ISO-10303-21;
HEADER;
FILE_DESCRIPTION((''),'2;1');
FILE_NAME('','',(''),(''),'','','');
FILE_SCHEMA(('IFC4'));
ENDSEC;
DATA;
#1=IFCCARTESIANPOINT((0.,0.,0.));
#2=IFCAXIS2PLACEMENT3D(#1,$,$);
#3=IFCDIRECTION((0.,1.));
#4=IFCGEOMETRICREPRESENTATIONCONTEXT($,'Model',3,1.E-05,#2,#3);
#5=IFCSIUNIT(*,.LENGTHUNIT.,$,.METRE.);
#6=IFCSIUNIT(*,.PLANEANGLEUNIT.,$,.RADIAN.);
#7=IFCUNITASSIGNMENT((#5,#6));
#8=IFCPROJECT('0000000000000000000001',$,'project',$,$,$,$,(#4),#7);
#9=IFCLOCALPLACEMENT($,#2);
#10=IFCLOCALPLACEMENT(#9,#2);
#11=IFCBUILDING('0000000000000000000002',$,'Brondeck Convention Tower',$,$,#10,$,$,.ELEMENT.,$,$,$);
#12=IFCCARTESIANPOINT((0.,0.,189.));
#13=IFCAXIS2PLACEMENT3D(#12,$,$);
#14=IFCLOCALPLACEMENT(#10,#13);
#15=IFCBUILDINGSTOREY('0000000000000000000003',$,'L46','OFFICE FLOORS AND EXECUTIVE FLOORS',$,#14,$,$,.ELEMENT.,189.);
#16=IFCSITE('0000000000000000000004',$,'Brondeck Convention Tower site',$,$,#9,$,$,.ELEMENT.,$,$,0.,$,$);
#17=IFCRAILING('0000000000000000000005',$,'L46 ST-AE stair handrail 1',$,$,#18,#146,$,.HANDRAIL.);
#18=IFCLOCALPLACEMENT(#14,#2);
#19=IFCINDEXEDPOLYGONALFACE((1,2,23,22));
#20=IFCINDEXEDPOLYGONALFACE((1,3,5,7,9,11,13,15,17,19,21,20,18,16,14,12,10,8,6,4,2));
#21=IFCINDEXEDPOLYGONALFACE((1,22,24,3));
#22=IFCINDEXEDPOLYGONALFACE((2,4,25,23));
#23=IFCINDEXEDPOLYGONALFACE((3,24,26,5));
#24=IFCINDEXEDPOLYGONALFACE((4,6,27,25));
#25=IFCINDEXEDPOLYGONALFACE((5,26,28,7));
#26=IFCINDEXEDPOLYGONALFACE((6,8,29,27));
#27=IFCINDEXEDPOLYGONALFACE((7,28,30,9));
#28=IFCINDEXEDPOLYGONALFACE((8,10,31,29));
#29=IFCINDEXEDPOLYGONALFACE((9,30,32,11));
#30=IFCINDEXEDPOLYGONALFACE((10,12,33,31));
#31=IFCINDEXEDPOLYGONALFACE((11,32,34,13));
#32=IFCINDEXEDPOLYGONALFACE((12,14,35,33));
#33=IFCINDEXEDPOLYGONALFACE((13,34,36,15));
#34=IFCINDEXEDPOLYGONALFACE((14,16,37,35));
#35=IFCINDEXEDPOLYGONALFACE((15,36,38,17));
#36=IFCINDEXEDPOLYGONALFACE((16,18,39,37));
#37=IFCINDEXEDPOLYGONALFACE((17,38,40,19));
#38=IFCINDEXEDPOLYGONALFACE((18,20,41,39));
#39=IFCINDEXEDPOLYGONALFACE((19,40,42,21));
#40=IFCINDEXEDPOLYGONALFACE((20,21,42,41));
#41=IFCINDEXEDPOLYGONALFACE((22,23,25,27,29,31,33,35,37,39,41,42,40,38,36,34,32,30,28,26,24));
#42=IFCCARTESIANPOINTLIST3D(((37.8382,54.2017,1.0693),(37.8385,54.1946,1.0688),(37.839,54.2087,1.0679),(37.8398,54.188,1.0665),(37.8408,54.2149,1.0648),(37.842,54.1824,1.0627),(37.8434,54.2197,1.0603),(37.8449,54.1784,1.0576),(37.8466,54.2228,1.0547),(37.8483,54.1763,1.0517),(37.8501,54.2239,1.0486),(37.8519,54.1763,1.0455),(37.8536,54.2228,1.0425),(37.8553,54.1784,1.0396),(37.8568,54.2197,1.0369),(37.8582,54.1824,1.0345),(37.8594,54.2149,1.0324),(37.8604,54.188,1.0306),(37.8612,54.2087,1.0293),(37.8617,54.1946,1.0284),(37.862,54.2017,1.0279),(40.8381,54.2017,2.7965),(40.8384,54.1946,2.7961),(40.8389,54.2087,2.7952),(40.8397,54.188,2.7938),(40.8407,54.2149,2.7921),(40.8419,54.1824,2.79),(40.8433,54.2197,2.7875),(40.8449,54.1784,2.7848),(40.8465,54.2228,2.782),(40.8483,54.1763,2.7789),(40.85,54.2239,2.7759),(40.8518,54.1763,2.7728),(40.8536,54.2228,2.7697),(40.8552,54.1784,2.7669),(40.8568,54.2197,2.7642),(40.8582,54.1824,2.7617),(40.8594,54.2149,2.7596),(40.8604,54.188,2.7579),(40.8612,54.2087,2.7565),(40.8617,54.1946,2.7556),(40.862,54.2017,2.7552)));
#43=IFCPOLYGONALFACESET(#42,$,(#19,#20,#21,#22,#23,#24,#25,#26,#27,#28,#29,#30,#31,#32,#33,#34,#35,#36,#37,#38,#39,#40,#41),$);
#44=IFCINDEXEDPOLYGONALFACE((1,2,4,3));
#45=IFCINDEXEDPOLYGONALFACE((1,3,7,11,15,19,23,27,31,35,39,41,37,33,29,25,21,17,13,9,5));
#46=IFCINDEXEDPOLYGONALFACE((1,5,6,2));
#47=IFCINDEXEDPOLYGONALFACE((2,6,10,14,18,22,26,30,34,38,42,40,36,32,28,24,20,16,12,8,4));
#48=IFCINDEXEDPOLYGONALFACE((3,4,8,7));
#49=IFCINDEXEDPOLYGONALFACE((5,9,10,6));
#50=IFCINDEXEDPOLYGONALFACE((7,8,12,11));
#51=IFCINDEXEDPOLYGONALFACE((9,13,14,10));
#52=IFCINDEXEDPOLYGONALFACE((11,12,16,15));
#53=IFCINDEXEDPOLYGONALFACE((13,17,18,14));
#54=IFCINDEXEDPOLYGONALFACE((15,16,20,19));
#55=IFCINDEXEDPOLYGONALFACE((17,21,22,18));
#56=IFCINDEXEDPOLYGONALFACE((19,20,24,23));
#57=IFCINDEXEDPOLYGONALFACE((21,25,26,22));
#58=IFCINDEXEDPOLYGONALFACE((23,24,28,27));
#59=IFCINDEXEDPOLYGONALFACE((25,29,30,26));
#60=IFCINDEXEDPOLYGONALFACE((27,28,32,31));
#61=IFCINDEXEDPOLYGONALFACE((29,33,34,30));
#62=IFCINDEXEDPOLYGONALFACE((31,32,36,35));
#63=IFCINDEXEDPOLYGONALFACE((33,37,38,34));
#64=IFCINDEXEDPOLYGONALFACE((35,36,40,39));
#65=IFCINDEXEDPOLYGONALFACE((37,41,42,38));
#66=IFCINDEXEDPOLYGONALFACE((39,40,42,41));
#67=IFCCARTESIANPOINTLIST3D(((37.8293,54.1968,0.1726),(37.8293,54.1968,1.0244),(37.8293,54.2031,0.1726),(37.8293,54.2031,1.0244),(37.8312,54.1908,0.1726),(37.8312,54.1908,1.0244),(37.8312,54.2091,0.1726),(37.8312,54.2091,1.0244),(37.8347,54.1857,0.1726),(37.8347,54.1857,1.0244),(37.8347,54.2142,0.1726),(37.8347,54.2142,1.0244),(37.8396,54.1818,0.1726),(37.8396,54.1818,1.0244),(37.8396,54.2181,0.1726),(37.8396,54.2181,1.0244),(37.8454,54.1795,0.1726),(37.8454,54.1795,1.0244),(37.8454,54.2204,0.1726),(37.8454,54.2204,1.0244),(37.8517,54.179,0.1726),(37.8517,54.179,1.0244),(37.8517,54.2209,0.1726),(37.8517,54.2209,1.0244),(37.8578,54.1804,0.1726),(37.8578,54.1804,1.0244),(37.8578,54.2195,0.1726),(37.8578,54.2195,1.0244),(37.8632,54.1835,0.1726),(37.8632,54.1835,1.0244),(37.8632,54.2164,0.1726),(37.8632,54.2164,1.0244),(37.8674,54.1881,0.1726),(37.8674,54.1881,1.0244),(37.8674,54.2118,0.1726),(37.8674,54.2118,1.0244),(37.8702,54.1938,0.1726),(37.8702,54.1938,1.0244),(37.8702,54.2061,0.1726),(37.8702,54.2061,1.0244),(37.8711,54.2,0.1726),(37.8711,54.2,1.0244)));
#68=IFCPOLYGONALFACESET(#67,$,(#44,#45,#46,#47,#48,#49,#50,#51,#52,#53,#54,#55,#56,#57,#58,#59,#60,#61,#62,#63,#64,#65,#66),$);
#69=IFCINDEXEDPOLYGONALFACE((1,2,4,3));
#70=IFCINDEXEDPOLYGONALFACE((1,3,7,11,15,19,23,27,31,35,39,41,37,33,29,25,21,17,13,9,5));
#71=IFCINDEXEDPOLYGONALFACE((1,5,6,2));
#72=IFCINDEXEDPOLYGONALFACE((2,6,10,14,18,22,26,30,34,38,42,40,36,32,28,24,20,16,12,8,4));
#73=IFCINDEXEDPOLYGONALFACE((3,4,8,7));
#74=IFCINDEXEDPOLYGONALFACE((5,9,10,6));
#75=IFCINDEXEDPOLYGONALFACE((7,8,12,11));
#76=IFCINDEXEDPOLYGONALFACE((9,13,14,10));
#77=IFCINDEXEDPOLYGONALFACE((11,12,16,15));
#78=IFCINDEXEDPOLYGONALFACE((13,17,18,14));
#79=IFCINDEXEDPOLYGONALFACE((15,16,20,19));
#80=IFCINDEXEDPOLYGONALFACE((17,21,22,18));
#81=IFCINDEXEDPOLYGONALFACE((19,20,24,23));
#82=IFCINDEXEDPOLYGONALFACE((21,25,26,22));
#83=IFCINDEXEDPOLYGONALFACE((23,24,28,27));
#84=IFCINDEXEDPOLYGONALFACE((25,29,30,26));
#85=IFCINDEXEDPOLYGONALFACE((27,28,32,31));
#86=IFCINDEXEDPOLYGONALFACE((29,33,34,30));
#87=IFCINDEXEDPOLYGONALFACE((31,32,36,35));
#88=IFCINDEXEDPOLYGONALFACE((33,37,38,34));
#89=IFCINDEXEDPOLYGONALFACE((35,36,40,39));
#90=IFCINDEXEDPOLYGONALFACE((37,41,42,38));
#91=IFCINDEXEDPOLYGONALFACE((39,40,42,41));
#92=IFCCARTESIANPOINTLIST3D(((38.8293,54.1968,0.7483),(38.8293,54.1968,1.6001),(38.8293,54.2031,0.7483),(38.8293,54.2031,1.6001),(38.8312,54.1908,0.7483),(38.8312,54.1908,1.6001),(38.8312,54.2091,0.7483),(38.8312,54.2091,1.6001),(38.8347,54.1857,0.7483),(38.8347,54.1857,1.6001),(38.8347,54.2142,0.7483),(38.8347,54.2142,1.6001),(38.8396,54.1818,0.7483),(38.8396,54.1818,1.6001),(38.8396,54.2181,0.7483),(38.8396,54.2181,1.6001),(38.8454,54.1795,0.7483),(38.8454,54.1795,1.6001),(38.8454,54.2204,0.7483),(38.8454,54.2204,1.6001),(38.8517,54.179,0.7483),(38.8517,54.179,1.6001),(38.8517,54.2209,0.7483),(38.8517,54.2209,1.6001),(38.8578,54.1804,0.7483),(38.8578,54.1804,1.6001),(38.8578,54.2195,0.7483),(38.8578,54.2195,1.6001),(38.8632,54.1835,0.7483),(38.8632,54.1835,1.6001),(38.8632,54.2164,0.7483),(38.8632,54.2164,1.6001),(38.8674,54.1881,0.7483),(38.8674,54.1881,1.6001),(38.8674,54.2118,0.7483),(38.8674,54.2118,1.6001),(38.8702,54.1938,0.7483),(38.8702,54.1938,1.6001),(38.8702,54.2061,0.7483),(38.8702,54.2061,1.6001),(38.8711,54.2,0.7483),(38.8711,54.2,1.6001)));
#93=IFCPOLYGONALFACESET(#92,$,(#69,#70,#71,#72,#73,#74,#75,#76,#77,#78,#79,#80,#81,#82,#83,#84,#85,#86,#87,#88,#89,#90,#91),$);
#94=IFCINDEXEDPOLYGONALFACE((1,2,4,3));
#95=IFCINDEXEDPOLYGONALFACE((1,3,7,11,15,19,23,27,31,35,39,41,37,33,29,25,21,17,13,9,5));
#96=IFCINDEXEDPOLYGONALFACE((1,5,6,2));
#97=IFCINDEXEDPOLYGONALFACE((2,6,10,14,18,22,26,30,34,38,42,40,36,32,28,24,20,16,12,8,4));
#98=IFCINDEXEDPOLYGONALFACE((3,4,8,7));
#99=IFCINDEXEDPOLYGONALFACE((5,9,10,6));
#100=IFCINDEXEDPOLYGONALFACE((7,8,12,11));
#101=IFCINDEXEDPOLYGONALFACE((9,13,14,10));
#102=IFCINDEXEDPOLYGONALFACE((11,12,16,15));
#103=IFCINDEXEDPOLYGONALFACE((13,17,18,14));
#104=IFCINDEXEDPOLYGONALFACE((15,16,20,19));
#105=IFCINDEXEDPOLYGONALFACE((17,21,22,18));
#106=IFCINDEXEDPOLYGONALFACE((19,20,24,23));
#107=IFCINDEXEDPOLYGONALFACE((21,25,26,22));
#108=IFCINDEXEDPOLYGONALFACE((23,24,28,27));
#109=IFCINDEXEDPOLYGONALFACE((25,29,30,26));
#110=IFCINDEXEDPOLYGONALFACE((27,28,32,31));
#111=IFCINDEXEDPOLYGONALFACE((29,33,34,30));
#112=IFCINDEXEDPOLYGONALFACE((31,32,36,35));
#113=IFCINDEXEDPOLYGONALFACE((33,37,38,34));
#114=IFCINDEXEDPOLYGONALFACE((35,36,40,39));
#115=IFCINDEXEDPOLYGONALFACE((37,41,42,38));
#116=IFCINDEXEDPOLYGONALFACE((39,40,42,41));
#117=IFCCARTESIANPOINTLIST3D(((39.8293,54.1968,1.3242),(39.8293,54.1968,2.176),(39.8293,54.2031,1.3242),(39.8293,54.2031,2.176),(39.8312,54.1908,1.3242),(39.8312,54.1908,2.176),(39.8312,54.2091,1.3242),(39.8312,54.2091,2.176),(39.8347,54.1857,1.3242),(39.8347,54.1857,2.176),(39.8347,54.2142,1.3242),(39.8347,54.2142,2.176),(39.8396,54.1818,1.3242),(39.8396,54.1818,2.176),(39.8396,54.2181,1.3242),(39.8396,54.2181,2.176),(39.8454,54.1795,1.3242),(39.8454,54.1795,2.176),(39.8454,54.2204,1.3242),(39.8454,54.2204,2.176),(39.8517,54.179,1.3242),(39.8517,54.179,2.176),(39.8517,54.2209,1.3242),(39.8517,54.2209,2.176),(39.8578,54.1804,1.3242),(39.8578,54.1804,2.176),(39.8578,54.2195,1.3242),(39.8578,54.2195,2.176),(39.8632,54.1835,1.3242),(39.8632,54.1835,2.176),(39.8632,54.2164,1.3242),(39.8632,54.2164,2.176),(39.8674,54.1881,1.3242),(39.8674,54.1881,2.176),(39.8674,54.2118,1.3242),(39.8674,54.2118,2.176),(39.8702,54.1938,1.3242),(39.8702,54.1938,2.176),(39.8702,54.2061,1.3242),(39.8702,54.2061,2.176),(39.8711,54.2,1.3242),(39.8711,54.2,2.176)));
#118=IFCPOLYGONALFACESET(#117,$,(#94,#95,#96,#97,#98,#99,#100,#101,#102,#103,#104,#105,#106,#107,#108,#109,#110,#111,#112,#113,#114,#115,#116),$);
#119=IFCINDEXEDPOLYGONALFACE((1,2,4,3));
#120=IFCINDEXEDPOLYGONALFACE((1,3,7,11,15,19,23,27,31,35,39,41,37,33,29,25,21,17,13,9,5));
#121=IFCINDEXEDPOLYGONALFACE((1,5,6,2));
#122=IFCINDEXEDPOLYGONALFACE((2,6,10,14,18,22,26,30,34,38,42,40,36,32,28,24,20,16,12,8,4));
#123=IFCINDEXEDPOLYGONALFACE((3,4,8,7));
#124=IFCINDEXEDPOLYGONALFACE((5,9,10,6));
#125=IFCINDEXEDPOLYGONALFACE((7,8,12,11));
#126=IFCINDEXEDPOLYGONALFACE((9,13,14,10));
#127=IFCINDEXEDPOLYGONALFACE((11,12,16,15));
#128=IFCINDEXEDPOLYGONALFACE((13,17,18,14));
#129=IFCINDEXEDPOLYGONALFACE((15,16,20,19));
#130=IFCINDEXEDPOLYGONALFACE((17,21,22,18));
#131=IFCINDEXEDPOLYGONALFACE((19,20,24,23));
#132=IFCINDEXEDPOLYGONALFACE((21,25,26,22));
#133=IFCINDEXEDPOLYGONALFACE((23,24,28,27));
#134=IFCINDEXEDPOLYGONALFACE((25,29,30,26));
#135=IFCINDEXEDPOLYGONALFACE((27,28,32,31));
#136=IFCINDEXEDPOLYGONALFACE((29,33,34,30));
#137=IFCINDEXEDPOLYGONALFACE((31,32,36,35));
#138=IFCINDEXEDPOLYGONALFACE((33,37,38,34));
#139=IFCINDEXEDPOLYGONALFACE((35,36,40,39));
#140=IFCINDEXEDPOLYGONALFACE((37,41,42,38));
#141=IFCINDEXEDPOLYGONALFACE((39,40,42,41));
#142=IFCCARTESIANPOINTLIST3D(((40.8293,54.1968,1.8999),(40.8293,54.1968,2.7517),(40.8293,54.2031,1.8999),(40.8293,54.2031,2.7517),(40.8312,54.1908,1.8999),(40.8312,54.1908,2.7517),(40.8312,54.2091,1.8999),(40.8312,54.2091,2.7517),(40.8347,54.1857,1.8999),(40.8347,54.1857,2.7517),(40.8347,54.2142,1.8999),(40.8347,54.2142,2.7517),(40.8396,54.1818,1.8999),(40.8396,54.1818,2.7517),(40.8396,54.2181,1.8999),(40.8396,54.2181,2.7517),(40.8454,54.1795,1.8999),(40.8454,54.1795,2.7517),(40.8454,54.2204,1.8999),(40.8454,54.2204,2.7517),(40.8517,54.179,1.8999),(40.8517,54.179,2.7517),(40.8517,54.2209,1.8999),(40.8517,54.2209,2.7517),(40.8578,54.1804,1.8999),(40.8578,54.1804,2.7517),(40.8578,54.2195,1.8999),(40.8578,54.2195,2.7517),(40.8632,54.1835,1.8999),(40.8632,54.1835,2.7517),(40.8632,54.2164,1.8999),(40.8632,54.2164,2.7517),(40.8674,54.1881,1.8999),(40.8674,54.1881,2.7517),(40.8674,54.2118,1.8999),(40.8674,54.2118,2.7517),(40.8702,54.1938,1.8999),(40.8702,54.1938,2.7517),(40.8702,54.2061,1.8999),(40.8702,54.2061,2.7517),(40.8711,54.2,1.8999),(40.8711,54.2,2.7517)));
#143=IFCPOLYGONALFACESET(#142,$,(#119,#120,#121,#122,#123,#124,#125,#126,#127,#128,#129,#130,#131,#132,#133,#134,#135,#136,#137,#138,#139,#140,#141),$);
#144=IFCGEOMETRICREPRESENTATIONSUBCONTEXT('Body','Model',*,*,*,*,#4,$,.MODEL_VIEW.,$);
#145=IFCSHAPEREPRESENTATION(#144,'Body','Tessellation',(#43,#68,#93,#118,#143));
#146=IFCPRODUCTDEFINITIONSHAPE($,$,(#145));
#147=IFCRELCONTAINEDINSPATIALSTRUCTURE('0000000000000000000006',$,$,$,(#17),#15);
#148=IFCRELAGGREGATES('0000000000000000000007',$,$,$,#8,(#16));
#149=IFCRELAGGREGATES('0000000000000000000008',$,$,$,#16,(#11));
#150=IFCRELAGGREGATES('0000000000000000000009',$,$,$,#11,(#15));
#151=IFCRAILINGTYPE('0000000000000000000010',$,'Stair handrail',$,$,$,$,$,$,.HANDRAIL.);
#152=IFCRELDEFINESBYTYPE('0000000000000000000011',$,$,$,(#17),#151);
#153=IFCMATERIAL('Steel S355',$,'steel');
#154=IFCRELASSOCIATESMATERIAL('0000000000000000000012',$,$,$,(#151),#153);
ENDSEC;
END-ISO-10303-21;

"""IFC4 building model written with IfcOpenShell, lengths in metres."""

from ifc_helpers import new_model, si_unit, direction, frame, origin, origin_2d, place, context, subcontext, project, spatial, circle, extrude, material, type_object, element, save


model = new_model("IFC4")

# Units and contexts
model_context = context("Model", 3, precision=1e-05, world=origin(), true_north=direction((0.0, 1.0)))
body_context = subcontext(model_context, "Body", "Model", "MODEL_VIEW")
ifc_project = project(units=[si_unit("LENGTHUNIT", "METRE"), si_unit("PLANEANGLEUNIT", "RADIAN")], contexts=[model_context])

# Site, building, storey
site_placement = place(None, origin())
site = spatial("IfcSite", under=ifc_project, at=site_placement, Name="Brondeck Convention Tower site", CompositionType="ELEMENT", RefElevation=0.0)
building_placement = place(site_placement, origin())
building = spatial("IfcBuilding", under=site, at=building_placement, Name="Brondeck Convention Tower", CompositionType="ELEMENT")
storey_placement = place(building_placement, frame((0.0, 0.0, 189.0)))
storey = spatial("IfcBuildingStorey", under=building, at=storey_placement, Name="L46", Description="OFFICE FLOORS AND EXECUTIVE FLOORS", CompositionType="ELEMENT", Elevation=189.0)

# Shared definitions
ifc_material_1 = material(Name="Steel S355", Category="steel")

# Railing
railing_type = type_object("IfcRailingType", Name="Stair handrail", PredefinedType="HANDRAIL", material=ifc_material_1)
railing_placement = place(storey_placement, frame((37.8501, 54.2, 0.1726)))
element("IfcRailing", 1, at=railing_placement, inside=storey, type_object=railing_type, Name="L46 ST-AE stair handrail 1", PredefinedType="HANDRAIL", context=body_context, shape_type="SweptSolid", body=[
    extrude(circle(Radius=0.0239, at=origin_2d()), frame((0.0, 0.0, 0.876), z_axis=(0.86662, 0.0, 0.498969), x_axis=(0.0, 1.0, 0.0)), (0.0, 0.0, 1.0), 3.4617),
    extrude(circle(Radius=0.021, at=origin_2d()), origin(), (0.0, 0.0, 1.0), 0.8518),
    extrude(circle(Radius=0.021, at=origin_2d()), frame((1.0, 0.0, 0.5757)), (0.0, 0.0, 1.0), 0.8518),
    extrude(circle(Radius=0.021, at=origin_2d()), frame((2.0, 0.0, 1.1516)), (0.0, 0.0, 1.0), 0.8518),
    extrude(circle(Radius=0.021, at=origin_2d()), frame((3.0, 0.0, 1.7273)), (0.0, 0.0, 1.0), 0.8518),
])

save(model, "model.ifc")
